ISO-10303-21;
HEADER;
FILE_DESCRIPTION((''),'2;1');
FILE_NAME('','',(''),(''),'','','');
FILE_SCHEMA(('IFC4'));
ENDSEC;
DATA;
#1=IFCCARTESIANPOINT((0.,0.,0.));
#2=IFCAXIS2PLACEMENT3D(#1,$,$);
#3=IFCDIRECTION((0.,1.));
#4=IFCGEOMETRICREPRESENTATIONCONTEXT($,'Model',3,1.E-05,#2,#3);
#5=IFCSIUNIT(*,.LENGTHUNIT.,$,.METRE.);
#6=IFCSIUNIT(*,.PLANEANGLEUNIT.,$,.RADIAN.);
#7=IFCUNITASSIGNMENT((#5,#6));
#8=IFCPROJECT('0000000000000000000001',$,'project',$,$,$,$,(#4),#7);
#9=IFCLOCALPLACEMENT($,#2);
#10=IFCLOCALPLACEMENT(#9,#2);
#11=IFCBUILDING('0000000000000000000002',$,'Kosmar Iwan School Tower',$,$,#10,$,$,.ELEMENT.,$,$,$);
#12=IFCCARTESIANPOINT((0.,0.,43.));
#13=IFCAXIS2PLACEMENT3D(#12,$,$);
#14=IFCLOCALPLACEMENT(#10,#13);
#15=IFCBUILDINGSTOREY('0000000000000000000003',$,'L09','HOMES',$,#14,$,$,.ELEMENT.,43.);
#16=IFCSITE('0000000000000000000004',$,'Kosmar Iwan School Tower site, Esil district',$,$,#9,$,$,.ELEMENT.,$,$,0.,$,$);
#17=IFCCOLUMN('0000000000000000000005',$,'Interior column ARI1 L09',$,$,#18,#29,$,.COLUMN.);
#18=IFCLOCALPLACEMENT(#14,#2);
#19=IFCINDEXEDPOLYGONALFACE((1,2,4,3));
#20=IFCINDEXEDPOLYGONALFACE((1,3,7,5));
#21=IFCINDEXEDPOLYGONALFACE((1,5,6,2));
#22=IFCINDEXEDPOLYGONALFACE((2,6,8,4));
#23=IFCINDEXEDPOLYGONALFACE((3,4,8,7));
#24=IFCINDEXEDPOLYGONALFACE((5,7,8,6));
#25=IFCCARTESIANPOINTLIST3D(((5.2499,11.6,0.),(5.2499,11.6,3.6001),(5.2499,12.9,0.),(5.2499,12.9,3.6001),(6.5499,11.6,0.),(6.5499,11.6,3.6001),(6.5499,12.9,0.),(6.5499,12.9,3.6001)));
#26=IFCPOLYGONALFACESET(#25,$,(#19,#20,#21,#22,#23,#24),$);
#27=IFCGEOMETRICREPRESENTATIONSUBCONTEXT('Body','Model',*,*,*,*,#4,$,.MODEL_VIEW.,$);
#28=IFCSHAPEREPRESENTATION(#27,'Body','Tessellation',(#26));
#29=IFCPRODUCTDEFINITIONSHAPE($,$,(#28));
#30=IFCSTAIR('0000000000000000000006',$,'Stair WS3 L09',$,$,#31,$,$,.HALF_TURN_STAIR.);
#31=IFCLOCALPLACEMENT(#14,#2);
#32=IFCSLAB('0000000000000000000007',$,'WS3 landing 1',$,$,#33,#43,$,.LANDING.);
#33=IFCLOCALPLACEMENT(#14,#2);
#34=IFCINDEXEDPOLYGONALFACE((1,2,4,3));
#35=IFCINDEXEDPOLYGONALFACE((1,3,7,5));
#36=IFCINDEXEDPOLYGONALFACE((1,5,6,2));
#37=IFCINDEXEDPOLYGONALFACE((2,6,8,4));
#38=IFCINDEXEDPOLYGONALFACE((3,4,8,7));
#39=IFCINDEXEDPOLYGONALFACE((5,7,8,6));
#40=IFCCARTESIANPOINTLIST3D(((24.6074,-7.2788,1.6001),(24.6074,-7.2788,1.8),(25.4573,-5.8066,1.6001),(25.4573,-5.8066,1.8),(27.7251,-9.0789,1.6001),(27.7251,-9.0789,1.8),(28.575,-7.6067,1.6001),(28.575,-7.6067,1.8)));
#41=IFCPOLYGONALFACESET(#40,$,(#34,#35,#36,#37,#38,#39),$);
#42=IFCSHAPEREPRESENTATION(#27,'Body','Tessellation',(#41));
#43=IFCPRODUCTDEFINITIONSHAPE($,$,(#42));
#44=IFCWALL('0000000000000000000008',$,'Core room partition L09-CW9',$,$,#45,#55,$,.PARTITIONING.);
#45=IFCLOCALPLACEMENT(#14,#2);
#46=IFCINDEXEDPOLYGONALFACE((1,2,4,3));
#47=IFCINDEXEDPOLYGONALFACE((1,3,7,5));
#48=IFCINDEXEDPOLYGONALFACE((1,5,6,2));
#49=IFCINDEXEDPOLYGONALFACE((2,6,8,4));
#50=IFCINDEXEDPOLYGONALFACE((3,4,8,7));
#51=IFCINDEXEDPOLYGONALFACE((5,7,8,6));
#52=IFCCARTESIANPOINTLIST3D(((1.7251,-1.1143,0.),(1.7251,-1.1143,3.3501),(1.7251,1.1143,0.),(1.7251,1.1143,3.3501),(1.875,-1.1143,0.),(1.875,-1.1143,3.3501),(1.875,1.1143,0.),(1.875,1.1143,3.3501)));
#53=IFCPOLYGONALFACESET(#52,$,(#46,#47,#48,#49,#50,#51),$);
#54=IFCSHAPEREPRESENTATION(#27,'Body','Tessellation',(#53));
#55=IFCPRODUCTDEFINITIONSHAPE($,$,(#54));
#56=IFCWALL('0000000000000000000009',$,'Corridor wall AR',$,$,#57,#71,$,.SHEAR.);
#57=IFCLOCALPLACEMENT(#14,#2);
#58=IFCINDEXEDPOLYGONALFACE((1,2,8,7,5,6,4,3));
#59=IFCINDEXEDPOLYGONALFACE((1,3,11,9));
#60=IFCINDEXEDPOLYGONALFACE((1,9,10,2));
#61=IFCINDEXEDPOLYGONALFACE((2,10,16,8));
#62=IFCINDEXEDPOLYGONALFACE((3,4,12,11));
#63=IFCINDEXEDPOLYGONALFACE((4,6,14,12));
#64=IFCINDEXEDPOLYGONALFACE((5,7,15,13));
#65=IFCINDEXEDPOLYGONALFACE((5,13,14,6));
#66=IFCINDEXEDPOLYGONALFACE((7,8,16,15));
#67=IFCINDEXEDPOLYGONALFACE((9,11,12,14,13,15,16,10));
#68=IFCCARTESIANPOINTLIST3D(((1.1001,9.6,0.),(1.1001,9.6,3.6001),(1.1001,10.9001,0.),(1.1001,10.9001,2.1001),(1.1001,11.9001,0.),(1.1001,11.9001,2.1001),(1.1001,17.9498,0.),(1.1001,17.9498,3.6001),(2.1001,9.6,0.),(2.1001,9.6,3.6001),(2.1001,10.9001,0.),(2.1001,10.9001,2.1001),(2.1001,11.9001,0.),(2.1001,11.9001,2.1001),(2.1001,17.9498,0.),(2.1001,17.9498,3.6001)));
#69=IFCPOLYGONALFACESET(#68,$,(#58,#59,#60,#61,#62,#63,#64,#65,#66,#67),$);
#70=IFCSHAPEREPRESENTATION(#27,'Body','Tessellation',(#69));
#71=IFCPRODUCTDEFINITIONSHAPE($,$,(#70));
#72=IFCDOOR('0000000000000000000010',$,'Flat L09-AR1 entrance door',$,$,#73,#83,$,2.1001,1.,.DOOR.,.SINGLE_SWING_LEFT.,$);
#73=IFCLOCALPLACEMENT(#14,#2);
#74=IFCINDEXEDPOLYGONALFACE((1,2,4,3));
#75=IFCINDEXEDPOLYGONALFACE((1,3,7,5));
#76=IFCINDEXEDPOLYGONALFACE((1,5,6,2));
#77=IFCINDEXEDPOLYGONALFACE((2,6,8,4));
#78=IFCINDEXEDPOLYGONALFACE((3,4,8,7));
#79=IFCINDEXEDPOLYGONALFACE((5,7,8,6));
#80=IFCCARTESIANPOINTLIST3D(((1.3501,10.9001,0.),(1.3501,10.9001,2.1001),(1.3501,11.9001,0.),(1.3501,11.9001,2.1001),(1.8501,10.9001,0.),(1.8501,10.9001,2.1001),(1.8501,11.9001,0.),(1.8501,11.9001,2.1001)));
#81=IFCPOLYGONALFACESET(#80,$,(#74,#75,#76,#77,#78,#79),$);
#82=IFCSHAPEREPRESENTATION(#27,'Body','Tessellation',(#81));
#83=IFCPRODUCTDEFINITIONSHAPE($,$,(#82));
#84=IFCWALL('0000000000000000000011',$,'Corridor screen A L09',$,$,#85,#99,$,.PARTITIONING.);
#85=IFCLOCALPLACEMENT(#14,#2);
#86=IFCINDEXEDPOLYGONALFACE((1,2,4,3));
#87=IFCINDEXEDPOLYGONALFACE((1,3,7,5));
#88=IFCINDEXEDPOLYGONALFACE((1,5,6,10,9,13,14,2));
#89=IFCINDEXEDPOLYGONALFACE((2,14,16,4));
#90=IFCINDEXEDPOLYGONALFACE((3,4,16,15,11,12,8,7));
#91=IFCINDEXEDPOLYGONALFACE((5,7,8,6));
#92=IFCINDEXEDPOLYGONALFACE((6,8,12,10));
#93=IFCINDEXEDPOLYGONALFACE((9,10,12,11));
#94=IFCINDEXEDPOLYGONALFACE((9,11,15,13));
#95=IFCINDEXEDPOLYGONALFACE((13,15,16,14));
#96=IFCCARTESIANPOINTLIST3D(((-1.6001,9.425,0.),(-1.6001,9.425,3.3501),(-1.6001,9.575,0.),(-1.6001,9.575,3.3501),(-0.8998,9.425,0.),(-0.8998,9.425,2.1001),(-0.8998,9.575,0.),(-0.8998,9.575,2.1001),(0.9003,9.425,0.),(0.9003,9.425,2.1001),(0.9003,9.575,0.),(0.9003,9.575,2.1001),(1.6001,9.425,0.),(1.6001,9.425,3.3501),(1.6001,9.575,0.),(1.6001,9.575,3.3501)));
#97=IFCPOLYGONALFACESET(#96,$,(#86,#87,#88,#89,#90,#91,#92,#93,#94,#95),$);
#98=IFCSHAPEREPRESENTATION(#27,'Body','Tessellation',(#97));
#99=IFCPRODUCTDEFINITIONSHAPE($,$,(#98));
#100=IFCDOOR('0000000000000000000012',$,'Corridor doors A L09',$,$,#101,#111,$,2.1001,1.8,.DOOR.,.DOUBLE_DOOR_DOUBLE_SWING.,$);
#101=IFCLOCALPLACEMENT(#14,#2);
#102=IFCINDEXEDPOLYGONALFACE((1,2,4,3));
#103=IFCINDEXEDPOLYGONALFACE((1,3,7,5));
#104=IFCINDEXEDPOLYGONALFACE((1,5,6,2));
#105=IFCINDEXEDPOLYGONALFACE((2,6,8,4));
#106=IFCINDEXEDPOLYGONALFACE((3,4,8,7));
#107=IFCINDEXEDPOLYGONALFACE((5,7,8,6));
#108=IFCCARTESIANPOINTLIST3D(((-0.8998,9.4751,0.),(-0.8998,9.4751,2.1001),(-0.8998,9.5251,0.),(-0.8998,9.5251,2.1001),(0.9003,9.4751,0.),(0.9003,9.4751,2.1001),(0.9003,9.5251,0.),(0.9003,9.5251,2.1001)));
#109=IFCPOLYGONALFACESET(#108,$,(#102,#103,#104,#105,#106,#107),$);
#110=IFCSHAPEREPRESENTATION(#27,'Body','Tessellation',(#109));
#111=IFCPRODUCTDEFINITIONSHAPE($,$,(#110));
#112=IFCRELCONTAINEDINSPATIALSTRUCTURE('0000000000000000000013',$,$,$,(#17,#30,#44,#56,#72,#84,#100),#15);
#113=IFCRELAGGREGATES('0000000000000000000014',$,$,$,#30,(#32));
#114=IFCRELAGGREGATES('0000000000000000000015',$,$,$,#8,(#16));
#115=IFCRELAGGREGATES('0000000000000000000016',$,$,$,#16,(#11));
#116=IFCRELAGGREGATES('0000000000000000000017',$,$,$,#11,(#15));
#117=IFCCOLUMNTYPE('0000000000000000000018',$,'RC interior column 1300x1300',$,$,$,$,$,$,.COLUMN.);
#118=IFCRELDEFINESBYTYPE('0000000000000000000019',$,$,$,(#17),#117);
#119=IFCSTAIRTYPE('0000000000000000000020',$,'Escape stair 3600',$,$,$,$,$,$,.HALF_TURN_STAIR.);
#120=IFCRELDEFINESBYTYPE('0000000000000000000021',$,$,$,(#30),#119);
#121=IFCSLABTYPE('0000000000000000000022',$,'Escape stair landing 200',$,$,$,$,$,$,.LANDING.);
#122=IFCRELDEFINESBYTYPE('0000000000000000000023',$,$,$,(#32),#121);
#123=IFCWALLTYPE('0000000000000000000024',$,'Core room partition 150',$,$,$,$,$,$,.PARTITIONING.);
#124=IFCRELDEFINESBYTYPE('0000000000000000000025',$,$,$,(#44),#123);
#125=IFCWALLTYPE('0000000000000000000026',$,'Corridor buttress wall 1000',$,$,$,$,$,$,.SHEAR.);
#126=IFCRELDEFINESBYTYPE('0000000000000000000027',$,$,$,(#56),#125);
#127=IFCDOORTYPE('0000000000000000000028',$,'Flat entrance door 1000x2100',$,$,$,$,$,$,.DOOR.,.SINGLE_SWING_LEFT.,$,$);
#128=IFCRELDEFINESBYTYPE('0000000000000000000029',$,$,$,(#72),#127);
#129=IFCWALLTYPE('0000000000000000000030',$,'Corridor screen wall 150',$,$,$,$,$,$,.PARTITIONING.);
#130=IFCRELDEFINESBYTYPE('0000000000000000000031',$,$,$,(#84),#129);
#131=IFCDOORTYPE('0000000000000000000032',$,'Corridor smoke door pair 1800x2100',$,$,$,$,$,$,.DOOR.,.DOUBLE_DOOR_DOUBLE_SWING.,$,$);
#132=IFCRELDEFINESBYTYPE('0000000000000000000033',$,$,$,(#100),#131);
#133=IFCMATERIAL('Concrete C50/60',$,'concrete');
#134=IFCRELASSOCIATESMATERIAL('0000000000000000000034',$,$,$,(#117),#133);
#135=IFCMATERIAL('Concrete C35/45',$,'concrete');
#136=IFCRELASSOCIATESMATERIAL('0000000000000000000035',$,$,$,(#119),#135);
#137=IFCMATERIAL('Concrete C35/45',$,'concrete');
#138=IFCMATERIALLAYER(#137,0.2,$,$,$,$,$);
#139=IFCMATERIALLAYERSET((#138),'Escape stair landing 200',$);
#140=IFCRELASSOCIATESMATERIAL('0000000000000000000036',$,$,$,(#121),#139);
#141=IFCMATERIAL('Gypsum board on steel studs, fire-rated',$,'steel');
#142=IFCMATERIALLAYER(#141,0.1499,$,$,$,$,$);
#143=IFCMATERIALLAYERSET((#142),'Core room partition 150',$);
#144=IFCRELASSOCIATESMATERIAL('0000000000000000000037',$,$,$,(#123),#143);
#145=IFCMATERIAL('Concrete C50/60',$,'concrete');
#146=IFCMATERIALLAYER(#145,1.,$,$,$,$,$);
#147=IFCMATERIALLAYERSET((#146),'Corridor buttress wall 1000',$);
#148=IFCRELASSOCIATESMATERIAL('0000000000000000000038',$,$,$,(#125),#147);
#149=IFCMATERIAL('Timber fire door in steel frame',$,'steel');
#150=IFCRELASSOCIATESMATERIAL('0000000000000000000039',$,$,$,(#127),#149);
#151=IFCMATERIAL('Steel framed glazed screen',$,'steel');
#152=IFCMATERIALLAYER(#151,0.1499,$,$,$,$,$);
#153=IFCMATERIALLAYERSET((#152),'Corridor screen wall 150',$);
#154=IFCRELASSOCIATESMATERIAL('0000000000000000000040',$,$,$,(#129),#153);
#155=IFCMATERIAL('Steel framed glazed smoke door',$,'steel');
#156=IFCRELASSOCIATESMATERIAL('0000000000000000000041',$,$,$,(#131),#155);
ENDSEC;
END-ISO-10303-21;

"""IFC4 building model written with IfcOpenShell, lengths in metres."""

from ifc_helpers import new_model, si_unit, direction, frame, frame_2d, origin, origin_2d, place, context, subcontext, project, spatial, polyline, rectangle, outline, extrude, material, layer, layer_set, material_profile, profile_set, type_object, element, fill, aggregate, save


model = new_model("IFC4")

# Units and contexts
model_context = context("Model", 3, precision=1e-05, world=origin(), true_north=direction((0.0, 1.0)))
body_context = subcontext(model_context, "Body", "Model", "MODEL_VIEW")
ifc_project = project(units=[si_unit("LENGTHUNIT", "METRE"), si_unit("PLANEANGLEUNIT", "RADIAN")], contexts=[model_context])

# Site, building, storey
site_placement = place(None, origin())
site = spatial("IfcSite", under=ifc_project, at=site_placement, Name="Kosmar Iwan School Tower site, Esil district", CompositionType="ELEMENT", RefElevation=0.0)
building_placement = place(site_placement, origin())
building = spatial("IfcBuilding", under=site, at=building_placement, Name="Kosmar Iwan School Tower", CompositionType="ELEMENT")
storey_placement = place(building_placement, frame((0.0, 0.0, 43.0)))
storey = spatial("IfcBuildingStorey", under=building, at=storey_placement, Name="L09", Description="HOMES", CompositionType="ELEMENT", Elevation=43.0)

# Column
ifc_material_1 = material(Name="Concrete C50/60", Category="concrete")
ifc_material_profile = material_profile(ifc_material_1, rectangle(XDim=1.3, YDim=1.3, at=origin_2d()), Name="RC 1300x1300")
ifc_profile_set = profile_set([ifc_material_profile], Name="Concrete C50/60")
column_type = type_object("IfcColumnType", Name="RC interior column 1300x1300", PredefinedType="COLUMN", material=ifc_profile_set)
column_placement = place(storey_placement, frame((5.8999, 12.25, 0.0), z_axis=(0.0, 0.0, 1.0), x_axis=(0.0, 1.0, 0.0)))
element("IfcColumn", 1, at=column_placement, inside=storey, type_object=column_type, Name="Interior column ARI1 L09", PredefinedType="COLUMN", context=body_context, shape_type="SweptSolid", body=[
    extrude(rectangle(XDim=1.3, YDim=1.3, at=origin_2d()), origin(), (0.0, 0.0, 1.0), 3.6001),
])

# Stair, slab
ifc_material_2 = material(Name="Concrete C35/45", Category="concrete")
stair_type_1 = type_object("IfcStairType", Name="Escape stair 3600", PredefinedType="HALF_TURN_STAIR", material=ifc_material_2)
stair_1_placement = place(storey_placement, origin())
stair_1 = element("IfcStair", 2, at=stair_1_placement, inside=storey, type_object=stair_type_1, Name="Stair WS3 L09", PredefinedType="HALF_TURN_STAIR")
ifc_material_3 = material(Name="Concrete C35/45", Category="concrete")
ifc_layer_1 = layer(ifc_material_3, 0.2)
ifc_layer_set_1 = layer_set([ifc_layer_1], Name="Escape stair landing 200")
slab_type = type_object("IfcSlabType", Name="Escape stair landing 200", PredefinedType="LANDING", material=ifc_layer_set_1)
slab_placement = place(storey_placement, frame((0.0, 0.0, 1.6001)))
slab = element("IfcSlab", 3, at=slab_placement, type_object=slab_type, Name="WS3 landing 1", PredefinedType="LANDING", context=body_context, shape_type="SweptSolid", body=[
    extrude(outline(polyline([(24.6074, -7.2788), (27.7251, -9.0789), (28.575, -7.6067), (25.4573, -5.8066), (24.6074, -7.2788)])), origin(), (0.0, 0.0, 1.0), 0.2),
])
aggregate(stair_1, [slab])

# Wall
ifc_material_4 = material(Name="Gypsum board on steel studs, fire-rated", Category="steel")
ifc_layer_2 = layer(ifc_material_4, 0.1499)
ifc_layer_set_2 = layer_set([ifc_layer_2], Name="Core room partition 150")
wall_type_1 = type_object("IfcWallType", Name="Core room partition 150", PredefinedType="PARTITIONING", material=ifc_layer_set_2)
wall_1_placement = place(storey_placement, frame((1.8, 1.1143, 0.0), z_axis=(0.0, 0.0, 1.0), x_axis=(0.0, -1.0, 0.0)))
element("IfcWall", 4, at=wall_1_placement, inside=storey, type_object=wall_type_1, Name="Core room partition L09-CW9", PredefinedType="PARTITIONING", context=body_context, shape_type="SweptSolid", body=[
    extrude(rectangle(XDim=2.2285, YDim=0.1499, at=frame_2d((1.1143, 0.0))), origin(), (0.0, 0.0, 1.0), 3.3501),
])

# Walls, openings, doors
ifc_material_5 = material(Name="Concrete C50/60", Category="concrete")
ifc_layer_3 = layer(ifc_material_5, 1.0)
ifc_layer_set_3 = layer_set([ifc_layer_3], Name="Corridor buttress wall 1000")
wall_type_2 = type_object("IfcWallType", Name="Corridor buttress wall 1000", PredefinedType="SHEAR", material=ifc_layer_set_3)
wall_2_placement = place(storey_placement, frame((1.6001, 9.6001, 0.0), z_axis=(0.0, 0.0, 1.0), x_axis=(0.0, 1.0, 0.0)))
wall_2 = element("IfcWall", 5, at=wall_2_placement, inside=storey, type_object=wall_type_2, Name="Corridor wall AR", PredefinedType="SHEAR", context=body_context, shape_type="SweptSolid", body=[
    extrude(rectangle(XDim=8.3499, YDim=1.0, at=frame_2d((4.1748, 0.0))), origin(), (0.0, 0.0, 1.0), 3.6001),
])
opening_1_placement = place(wall_2_placement, frame((1.3, 0.0, 0.0)))
opening_1 = element("IfcOpeningElement", 6, at=opening_1_placement, cuts=wall_2, PredefinedType="OPENING", context=body_context, shape_type="SweptSolid", body=[
    extrude(rectangle(XDim=1.0, YDim=2.1001, at=frame_2d((0.5, 1.05))), frame((0.0, 0.512, 0.0), z_axis=(0.0, -1.0, 0.0), x_axis=(1.0, 0.0, 0.0)), (0.0, 0.0, 1.0), 1.0239),
])
ifc_material_6 = material(Name="Timber fire door in steel frame", Category="steel")
door_type_1 = type_object("IfcDoorType", Name="Flat entrance door 1000x2100", OperationType="SINGLE_SWING_LEFT", PredefinedType="DOOR", material=ifc_material_6)
door_1_placement = place(opening_1_placement, origin())
door_1 = element("IfcDoor", 7, at=door_1_placement, inside=storey, type_object=door_type_1, Name="Flat L09-AR1 entrance door", OperationType="SINGLE_SWING_LEFT", OverallHeight=2.1001, OverallWidth=1.0, PredefinedType="DOOR", context=body_context, shape_type="SweptSolid", body=[
    extrude(rectangle(XDim=1.0, YDim=2.1001, at=frame_2d((0.5, 1.05))), frame((0.0, 0.25, 0.0), z_axis=(0.0, -1.0, 0.0), x_axis=(1.0, 0.0, 0.0)), (0.0, 0.0, 1.0), 0.5),
])
fill(opening_1, door_1)
ifc_material_7 = material(Name="Steel framed glazed screen", Category="steel")
ifc_layer_4 = layer(ifc_material_7, 0.1499)
ifc_layer_set_4 = layer_set([ifc_layer_4], Name="Corridor screen wall 150")
wall_type_3 = type_object("IfcWallType", Name="Corridor screen wall 150", PredefinedType="PARTITIONING", material=ifc_layer_set_4)
wall_3_placement = place(storey_placement, frame((1.6001, 9.5, 0.0), z_axis=(0.0, 0.0, 1.0), x_axis=(-1.0, 0.0, 0.0)))
wall_3 = element("IfcWall", 8, at=wall_3_placement, inside=storey, type_object=wall_type_3, Name="Corridor screen A L09", PredefinedType="PARTITIONING", context=body_context, shape_type="SweptSolid", body=[
    extrude(rectangle(XDim=3.2002, YDim=0.1499, at=frame_2d((1.6001, 0.0))), origin(), (0.0, 0.0, 1.0), 3.3501),
])
opening_2_placement = place(wall_3_placement, frame((0.7, 0.0, 0.0)))
opening_2 = element("IfcOpeningElement", 9, at=opening_2_placement, cuts=wall_3, PredefinedType="OPENING", context=body_context, shape_type="SweptSolid", body=[
    extrude(rectangle(XDim=1.8, YDim=2.1001, at=frame_2d((0.8999, 1.05))), frame((0.0, 0.0869, 0.0), z_axis=(0.0, -1.0, 0.0), x_axis=(1.0, 0.0, 0.0)), (0.0, 0.0, 1.0), 0.1738),
])
ifc_material_8 = material(Name="Steel framed glazed smoke door", Category="steel")
door_type_2 = type_object("IfcDoorType", Name="Corridor smoke door pair 1800x2100", OperationType="DOUBLE_DOOR_DOUBLE_SWING", PredefinedType="DOOR", material=ifc_material_8)
door_2_placement = place(opening_2_placement, origin())
door_2 = element("IfcDoor", 10, at=door_2_placement, inside=storey, type_object=door_type_2, Name="Corridor doors A L09", OperationType="DOUBLE_DOOR_DOUBLE_SWING", OverallHeight=2.1001, OverallWidth=1.8, PredefinedType="DOOR", context=body_context, shape_type="SweptSolid", body=[
    extrude(rectangle(XDim=1.8, YDim=2.1001, at=frame_2d((0.8999, 1.05))), frame((0.0, 0.0249, 0.0), z_axis=(0.0, -1.0, 0.0), x_axis=(1.0, 0.0, 0.0)), (0.0, 0.0, 1.0), 0.05),
])
fill(opening_2, door_2)

save(model, "model.ifc")
